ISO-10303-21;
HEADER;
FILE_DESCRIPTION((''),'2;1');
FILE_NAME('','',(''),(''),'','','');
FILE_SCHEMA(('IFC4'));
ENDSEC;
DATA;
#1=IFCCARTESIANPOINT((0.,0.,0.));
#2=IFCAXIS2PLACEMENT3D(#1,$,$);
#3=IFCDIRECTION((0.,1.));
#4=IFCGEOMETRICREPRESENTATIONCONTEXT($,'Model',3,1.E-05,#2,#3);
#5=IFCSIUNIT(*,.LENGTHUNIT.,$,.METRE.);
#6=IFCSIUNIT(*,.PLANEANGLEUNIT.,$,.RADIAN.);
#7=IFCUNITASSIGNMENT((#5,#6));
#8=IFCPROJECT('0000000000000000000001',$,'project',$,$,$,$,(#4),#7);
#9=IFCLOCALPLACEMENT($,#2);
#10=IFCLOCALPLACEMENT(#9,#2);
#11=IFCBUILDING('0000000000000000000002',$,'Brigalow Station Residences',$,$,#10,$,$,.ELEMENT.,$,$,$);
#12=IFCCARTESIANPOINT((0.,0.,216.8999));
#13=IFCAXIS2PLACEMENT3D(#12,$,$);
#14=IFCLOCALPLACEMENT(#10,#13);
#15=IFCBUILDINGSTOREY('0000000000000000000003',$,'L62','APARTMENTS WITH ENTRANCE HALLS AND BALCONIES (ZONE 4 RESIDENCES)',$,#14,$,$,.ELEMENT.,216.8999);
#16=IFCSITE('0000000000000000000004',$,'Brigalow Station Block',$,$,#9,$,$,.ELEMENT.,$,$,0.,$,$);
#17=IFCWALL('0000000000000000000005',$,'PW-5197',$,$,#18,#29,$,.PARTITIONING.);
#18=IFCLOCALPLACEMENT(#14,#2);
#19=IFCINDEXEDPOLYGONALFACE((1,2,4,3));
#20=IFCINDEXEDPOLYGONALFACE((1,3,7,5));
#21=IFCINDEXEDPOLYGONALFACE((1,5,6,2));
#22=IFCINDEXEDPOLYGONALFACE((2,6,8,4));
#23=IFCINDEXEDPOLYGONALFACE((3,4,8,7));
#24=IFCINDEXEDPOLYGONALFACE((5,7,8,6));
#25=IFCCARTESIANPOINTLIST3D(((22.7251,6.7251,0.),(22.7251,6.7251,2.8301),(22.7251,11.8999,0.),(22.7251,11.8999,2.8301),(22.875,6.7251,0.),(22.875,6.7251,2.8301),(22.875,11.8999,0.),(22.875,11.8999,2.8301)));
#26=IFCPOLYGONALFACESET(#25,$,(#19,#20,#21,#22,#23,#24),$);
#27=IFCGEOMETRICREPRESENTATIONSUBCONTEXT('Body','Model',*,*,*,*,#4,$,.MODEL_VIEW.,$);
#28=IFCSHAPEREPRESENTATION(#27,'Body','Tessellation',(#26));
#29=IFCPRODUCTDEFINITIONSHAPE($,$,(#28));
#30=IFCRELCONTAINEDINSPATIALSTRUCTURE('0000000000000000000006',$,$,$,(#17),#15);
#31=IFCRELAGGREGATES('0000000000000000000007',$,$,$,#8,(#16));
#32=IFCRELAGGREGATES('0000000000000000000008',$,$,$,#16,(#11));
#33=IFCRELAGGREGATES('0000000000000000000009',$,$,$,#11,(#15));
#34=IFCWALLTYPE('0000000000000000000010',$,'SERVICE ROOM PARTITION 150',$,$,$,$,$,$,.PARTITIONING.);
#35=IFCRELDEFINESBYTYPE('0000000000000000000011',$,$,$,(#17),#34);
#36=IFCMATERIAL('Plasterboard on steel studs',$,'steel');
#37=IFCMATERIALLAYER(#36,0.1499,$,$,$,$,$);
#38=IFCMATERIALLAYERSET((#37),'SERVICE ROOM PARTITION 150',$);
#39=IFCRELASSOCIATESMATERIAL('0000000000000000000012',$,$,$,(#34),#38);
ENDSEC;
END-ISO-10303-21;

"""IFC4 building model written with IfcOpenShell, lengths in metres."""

from ifc_helpers import new_model, si_unit, direction, frame, frame_2d, origin, place, context, subcontext, project, spatial, rectangle, extrude, material, layer, layer_set, type_object, element, save


model = new_model("IFC4")

# Units and contexts
model_context = context("Model", 3, precision=1e-05, world=origin(), true_north=direction((0.0, 1.0)))
body_context = subcontext(model_context, "Body", "Model", "MODEL_VIEW")
ifc_project = project(units=[si_unit("LENGTHUNIT", "METRE"), si_unit("PLANEANGLEUNIT", "RADIAN")], contexts=[model_context])

# Site, building, storey
site_placement = place(None, origin())
site = spatial("IfcSite", under=ifc_project, at=site_placement, Name="Brigalow Station Block", CompositionType="ELEMENT", RefElevation=0.0)
building_placement = place(site_placement, origin())
building = spatial("IfcBuilding", under=site, at=building_placement, Name="Brigalow Station Residences", CompositionType="ELEMENT")
storey_placement = place(building_placement, frame((0.0, 0.0, 216.8999)))
storey = spatial("IfcBuildingStorey", under=building, at=storey_placement, Name="L62", Description="APARTMENTS WITH ENTRANCE HALLS AND BALCONIES (ZONE 4 RESIDENCES)", CompositionType="ELEMENT", Elevation=216.8999)

# Shared definitions
ifc_material_1 = material(Name="Plasterboard on steel studs", Category="steel")
ifc_layer = layer(ifc_material_1, 0.1499)
ifc_layer_set = layer_set([ifc_layer], Name="SERVICE ROOM PARTITION 150")
wall_type = type_object("IfcWallType", Name="SERVICE ROOM PARTITION 150", PredefinedType="PARTITIONING", material=ifc_layer_set)

# Wall
wall_1_placement = place(storey_placement, frame((22.8, 6.7251, 0.0), z_axis=(0.0, 0.0, 1.0), x_axis=(0.0, 1.0, 0.0)))
element("IfcWall", 1, at=wall_1_placement, inside=storey, type_object=wall_type, Name="PW-5197", PredefinedType="PARTITIONING", context=body_context, shape_type="SweptSolid", body=[
    extrude(rectangle(XDim=5.1748, YDim=0.1499, at=frame_2d((2.5874, 0.0))), origin(), (0.0, 0.0, 1.0), 2.8301),
])

save(model, "model.ifc")
